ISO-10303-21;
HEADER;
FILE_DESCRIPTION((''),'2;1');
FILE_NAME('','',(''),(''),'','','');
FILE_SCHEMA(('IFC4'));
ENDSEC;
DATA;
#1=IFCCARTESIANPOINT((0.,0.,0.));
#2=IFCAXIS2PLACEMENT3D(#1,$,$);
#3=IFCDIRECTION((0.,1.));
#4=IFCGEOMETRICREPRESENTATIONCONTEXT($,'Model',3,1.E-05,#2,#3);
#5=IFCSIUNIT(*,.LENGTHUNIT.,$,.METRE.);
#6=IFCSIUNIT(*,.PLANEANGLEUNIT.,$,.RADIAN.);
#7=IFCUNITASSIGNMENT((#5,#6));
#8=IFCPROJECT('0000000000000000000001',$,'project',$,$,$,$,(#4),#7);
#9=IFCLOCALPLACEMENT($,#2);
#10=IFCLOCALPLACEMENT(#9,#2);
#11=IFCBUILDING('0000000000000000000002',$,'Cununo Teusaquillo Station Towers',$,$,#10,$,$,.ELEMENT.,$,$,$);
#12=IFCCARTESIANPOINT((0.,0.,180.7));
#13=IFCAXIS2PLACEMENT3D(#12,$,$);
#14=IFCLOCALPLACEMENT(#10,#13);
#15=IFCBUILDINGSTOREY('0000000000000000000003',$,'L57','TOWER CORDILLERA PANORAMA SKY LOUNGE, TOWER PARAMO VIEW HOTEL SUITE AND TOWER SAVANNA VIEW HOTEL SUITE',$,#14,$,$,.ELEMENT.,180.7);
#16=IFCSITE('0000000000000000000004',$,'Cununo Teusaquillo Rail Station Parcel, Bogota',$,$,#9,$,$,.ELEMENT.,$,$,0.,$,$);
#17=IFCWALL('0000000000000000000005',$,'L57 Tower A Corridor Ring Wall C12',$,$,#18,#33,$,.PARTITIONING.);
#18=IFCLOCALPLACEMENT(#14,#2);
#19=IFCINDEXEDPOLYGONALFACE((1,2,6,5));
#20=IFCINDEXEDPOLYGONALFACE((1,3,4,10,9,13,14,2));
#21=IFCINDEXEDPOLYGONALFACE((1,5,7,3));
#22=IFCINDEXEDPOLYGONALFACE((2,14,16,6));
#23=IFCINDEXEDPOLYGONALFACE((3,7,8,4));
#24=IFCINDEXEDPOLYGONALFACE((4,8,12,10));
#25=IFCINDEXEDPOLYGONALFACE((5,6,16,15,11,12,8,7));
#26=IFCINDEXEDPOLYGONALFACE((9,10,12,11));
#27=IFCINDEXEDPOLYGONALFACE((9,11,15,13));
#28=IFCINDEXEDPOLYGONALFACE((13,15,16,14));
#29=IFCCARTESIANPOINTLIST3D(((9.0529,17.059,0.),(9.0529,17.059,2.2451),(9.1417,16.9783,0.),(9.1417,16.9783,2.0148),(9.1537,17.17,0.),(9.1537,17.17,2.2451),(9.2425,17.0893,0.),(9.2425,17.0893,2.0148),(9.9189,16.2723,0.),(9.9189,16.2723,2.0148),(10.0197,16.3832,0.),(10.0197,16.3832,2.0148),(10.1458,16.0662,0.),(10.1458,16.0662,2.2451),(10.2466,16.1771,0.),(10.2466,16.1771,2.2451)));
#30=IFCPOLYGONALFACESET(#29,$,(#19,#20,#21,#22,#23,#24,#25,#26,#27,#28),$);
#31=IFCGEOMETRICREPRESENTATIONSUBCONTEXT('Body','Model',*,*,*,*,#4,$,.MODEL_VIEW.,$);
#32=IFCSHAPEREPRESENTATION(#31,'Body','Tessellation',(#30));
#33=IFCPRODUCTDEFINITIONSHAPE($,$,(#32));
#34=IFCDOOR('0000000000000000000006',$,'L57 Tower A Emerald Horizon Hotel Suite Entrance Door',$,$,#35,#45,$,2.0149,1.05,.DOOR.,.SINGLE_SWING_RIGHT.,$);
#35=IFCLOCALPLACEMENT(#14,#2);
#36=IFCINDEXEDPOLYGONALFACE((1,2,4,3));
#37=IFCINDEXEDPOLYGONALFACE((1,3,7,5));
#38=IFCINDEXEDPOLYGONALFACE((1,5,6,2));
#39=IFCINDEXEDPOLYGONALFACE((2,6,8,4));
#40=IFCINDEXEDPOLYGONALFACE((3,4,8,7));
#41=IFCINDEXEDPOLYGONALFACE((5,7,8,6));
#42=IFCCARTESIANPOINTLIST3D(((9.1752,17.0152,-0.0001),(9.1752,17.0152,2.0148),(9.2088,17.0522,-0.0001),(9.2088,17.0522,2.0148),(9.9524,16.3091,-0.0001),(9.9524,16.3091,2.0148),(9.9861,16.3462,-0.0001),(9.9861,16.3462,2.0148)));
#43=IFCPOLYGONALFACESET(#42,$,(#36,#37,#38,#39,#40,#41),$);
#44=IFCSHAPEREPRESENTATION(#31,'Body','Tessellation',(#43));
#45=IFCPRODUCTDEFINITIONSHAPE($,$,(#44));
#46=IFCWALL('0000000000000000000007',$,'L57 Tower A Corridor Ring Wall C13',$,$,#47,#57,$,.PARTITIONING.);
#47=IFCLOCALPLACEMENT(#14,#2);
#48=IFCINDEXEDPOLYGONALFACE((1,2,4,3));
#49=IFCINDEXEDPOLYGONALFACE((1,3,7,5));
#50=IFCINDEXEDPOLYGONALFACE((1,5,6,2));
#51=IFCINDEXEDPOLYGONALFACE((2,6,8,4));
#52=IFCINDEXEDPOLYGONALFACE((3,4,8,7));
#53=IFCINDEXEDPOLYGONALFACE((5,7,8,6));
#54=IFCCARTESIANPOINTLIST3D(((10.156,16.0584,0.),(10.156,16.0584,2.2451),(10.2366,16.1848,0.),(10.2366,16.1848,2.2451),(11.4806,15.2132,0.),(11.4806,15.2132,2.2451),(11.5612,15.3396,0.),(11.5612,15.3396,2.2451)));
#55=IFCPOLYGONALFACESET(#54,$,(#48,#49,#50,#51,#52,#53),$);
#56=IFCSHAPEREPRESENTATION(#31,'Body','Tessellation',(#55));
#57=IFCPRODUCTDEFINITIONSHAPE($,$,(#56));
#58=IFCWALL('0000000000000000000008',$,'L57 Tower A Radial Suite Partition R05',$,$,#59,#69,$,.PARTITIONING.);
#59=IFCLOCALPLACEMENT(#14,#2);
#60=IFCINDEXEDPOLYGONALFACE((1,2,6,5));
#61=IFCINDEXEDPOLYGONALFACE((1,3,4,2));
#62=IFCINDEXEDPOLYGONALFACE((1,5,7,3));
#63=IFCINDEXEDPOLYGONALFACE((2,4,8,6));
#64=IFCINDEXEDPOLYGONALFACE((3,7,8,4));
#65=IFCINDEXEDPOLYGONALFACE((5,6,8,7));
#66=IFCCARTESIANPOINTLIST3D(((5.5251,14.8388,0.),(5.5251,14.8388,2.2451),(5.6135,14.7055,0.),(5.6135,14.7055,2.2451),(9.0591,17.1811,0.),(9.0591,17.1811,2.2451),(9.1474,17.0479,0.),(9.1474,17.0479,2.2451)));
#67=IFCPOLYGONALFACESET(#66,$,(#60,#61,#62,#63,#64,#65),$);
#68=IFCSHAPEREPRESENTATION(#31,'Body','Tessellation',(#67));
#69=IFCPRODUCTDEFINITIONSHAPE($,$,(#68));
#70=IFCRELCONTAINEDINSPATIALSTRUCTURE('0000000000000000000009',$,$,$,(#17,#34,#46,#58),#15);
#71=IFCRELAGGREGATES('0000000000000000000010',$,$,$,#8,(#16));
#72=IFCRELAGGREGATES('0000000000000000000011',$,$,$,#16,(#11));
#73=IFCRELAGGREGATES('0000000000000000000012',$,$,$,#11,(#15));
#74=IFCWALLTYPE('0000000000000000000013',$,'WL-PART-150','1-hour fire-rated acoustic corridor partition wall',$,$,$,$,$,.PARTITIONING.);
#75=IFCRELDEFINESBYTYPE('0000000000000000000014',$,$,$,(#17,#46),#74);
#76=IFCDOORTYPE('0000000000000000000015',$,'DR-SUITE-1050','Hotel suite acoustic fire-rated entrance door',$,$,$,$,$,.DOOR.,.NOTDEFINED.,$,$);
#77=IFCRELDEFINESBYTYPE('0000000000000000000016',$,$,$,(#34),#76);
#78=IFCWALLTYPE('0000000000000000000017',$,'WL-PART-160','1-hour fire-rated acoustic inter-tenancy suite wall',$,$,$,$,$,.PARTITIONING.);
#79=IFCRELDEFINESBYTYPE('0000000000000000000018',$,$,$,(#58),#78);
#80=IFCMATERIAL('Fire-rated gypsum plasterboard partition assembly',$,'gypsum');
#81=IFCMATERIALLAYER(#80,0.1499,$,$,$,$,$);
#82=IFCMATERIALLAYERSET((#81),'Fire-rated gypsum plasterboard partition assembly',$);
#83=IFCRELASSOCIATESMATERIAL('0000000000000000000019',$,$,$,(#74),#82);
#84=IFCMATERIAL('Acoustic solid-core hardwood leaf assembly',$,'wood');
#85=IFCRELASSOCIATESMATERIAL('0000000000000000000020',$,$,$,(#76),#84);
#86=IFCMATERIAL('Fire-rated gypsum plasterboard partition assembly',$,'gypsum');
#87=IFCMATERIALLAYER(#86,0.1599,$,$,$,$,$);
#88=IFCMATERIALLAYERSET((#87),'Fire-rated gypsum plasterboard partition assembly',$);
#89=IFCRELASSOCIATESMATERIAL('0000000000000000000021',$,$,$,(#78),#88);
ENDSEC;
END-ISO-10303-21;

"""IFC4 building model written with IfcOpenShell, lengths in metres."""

from ifc_helpers import new_model, si_unit, direction, frame, frame_2d, origin, place, context, subcontext, project, spatial, rectangle, extrude, source, transform, mapped, material, layer, layer_set, type_object, element, fill, save


model = new_model("IFC4")

# Units and contexts
model_context = context("Model", 3, precision=1e-05, world=origin(), true_north=direction((0.0, 1.0)))
body_context = subcontext(model_context, "Body", "Model", "MODEL_VIEW")
ifc_project = project(units=[si_unit("LENGTHUNIT", "METRE"), si_unit("PLANEANGLEUNIT", "RADIAN")], contexts=[model_context])

# Site, building, storey
site_placement = place(None, origin())
site = spatial("IfcSite", under=ifc_project, at=site_placement, Name="Cununo Teusaquillo Rail Station Parcel, Bogota", CompositionType="ELEMENT", RefElevation=0.0)
building_placement = place(site_placement, origin())
building = spatial("IfcBuilding", under=site, at=building_placement, Name="Cununo Teusaquillo Station Towers", CompositionType="ELEMENT")
storey_placement = place(building_placement, frame((0.0, 0.0, 180.7)))
storey = spatial("IfcBuildingStorey", under=building, at=storey_placement, Name="L57", Description="TOWER CORDILLERA PANORAMA SKY LOUNGE, TOWER PARAMO VIEW HOTEL SUITE AND TOWER SAVANNA VIEW HOTEL SUITE", CompositionType="ELEMENT", Elevation=180.7)

# Wall, opening, door
ifc_material_1 = material(Name="Fire-rated gypsum plasterboard partition assembly", Category="gypsum")
ifc_layer_1 = layer(ifc_material_1, 0.1499)
ifc_layer_set_1 = layer_set([ifc_layer_1], Name="Fire-rated gypsum plasterboard partition assembly")
wall_type_1 = type_object("IfcWallType", Name="WL-PART-150", Description="1-hour fire-rated acoustic corridor partition wall", PredefinedType="PARTITIONING", material=ifc_layer_set_1)
wall_1_placement = place(storey_placement, frame((9.1033, 17.1145, 0.0), z_axis=(0.0, 0.0, 1.0), x_axis=(0.740187, -0.672401, 0.0)))
wall_1 = element("IfcWall", 1, at=wall_1_placement, inside=storey, type_object=wall_type_1, Name="L57 Tower A Corridor Ring Wall C12", PredefinedType="PARTITIONING", context=body_context, shape_type="SweptSolid", body=[
    extrude(rectangle(XDim=1.4766, YDim=0.1499, at=frame_2d((0.7383, 0.0))), origin(), (0.0, 0.0, 1.0), 2.2451),
])
shared_shape_1 = source(origin(), body_context, "Body", "SweptSolid", [
    extrude(rectangle(XDim=1.05, YDim=2.0149, at=frame_2d((0.5249, 1.0073))), frame((0.0, 0.085, 0.0), z_axis=(0.0, -1.0, 0.0), x_axis=(1.0, 0.0, 0.0)), (0.0, 0.0, 1.0), 0.1699),
])
opening_1_placement = place(wall_1_placement, frame((0.1201, 0.0, 0.0)))
opening_1 = element("IfcOpeningElement", 2, at=opening_1_placement, cuts=wall_1, PredefinedType="OPENING", context=body_context, shape_type="MappedRepresentation", body=[
    mapped(shared_shape_1, transform((0.0, 0.0, 0.0), x_axis=(1.0, 0.0, 0.0), y_axis=(0.0, 1.0, 0.0), z_axis=(0.0, 0.0, 1.0), scale=1.0)),
])
ifc_material_2 = material(Name="Acoustic solid-core hardwood leaf assembly", Category="wood")
door_type_1 = type_object("IfcDoorType", Name="DR-SUITE-1050", Description="Hotel suite acoustic fire-rated entrance door", OperationType="NOTDEFINED", PredefinedType="DOOR", material=ifc_material_2)
shared_shape_2 = source(origin(), body_context, "Body", "SweptSolid", [
    extrude(rectangle(XDim=1.05, YDim=2.0149, at=frame_2d((0.5249, 1.0073))), frame((0.0, 0.0249, 0.0), z_axis=(0.0, -1.0, 0.0), x_axis=(1.0, 0.0, 0.0)), (0.0, 0.0, 1.0), 0.05),
])
door_1_placement = place(opening_1_placement, origin())
door_1 = element("IfcDoor", 3, at=door_1_placement, inside=storey, type_object=door_type_1, Name="L57 Tower A Emerald Horizon Hotel Suite Entrance Door", OperationType="SINGLE_SWING_RIGHT", OverallHeight=2.0149, OverallWidth=1.05, PredefinedType="DOOR", context=body_context, shape_type="MappedRepresentation", body=[
    mapped(shared_shape_2, transform((0.0, 0.0, 0.0), x_axis=(1.0, 0.0, 0.0), y_axis=(0.0, 1.0, 0.0), z_axis=(0.0, 0.0, 1.0), scale=1.0)),
])
fill(opening_1, door_1)

# Walls
wall_2_placement = place(storey_placement, frame((10.1963, 16.1216, 0.0), z_axis=(0.0, 0.0, 1.0), x_axis=(0.843021, -0.53788, 0.0)))
element("IfcWall", 4, at=wall_2_placement, inside=storey, type_object=wall_type_1, Name="L57 Tower A Corridor Ring Wall C13", PredefinedType="PARTITIONING", context=body_context, shape_type="SweptSolid", body=[
    extrude(rectangle(XDim=1.5713, YDim=0.1499, at=frame_2d((0.7856, 0.0))), origin(), (0.0, 0.0, 1.0), 2.2451),
])
ifc_material_3 = material(Name="Fire-rated gypsum plasterboard partition assembly", Category="gypsum")
ifc_layer_2 = layer(ifc_material_3, 0.1599)
ifc_layer_set_2 = layer_set([ifc_layer_2], Name="Fire-rated gypsum plasterboard partition assembly")
wall_type_2 = type_object("IfcWallType", Name="WL-PART-160", Description="1-hour fire-rated acoustic inter-tenancy suite wall", PredefinedType="PARTITIONING", material=ifc_layer_set_2)
wall_3_placement = place(storey_placement, frame((9.1033, 17.1145, 0.0), z_axis=(0.0, 0.0, 1.0), x_axis=(-0.833536, -0.552466, 0.0)))
element("IfcWall", 5, at=wall_3_placement, inside=storey, type_object=wall_type_2, Name="L57 Tower A Radial Suite Partition R05", PredefinedType="PARTITIONING", context=body_context, shape_type="SweptSolid", body=[
    extrude(rectangle(XDim=4.2397, YDim=0.1599, at=frame_2d((2.1199, 0.0))), origin(), (0.0, 0.0, 1.0), 2.2451),
])

save(model, "model.ifc")
